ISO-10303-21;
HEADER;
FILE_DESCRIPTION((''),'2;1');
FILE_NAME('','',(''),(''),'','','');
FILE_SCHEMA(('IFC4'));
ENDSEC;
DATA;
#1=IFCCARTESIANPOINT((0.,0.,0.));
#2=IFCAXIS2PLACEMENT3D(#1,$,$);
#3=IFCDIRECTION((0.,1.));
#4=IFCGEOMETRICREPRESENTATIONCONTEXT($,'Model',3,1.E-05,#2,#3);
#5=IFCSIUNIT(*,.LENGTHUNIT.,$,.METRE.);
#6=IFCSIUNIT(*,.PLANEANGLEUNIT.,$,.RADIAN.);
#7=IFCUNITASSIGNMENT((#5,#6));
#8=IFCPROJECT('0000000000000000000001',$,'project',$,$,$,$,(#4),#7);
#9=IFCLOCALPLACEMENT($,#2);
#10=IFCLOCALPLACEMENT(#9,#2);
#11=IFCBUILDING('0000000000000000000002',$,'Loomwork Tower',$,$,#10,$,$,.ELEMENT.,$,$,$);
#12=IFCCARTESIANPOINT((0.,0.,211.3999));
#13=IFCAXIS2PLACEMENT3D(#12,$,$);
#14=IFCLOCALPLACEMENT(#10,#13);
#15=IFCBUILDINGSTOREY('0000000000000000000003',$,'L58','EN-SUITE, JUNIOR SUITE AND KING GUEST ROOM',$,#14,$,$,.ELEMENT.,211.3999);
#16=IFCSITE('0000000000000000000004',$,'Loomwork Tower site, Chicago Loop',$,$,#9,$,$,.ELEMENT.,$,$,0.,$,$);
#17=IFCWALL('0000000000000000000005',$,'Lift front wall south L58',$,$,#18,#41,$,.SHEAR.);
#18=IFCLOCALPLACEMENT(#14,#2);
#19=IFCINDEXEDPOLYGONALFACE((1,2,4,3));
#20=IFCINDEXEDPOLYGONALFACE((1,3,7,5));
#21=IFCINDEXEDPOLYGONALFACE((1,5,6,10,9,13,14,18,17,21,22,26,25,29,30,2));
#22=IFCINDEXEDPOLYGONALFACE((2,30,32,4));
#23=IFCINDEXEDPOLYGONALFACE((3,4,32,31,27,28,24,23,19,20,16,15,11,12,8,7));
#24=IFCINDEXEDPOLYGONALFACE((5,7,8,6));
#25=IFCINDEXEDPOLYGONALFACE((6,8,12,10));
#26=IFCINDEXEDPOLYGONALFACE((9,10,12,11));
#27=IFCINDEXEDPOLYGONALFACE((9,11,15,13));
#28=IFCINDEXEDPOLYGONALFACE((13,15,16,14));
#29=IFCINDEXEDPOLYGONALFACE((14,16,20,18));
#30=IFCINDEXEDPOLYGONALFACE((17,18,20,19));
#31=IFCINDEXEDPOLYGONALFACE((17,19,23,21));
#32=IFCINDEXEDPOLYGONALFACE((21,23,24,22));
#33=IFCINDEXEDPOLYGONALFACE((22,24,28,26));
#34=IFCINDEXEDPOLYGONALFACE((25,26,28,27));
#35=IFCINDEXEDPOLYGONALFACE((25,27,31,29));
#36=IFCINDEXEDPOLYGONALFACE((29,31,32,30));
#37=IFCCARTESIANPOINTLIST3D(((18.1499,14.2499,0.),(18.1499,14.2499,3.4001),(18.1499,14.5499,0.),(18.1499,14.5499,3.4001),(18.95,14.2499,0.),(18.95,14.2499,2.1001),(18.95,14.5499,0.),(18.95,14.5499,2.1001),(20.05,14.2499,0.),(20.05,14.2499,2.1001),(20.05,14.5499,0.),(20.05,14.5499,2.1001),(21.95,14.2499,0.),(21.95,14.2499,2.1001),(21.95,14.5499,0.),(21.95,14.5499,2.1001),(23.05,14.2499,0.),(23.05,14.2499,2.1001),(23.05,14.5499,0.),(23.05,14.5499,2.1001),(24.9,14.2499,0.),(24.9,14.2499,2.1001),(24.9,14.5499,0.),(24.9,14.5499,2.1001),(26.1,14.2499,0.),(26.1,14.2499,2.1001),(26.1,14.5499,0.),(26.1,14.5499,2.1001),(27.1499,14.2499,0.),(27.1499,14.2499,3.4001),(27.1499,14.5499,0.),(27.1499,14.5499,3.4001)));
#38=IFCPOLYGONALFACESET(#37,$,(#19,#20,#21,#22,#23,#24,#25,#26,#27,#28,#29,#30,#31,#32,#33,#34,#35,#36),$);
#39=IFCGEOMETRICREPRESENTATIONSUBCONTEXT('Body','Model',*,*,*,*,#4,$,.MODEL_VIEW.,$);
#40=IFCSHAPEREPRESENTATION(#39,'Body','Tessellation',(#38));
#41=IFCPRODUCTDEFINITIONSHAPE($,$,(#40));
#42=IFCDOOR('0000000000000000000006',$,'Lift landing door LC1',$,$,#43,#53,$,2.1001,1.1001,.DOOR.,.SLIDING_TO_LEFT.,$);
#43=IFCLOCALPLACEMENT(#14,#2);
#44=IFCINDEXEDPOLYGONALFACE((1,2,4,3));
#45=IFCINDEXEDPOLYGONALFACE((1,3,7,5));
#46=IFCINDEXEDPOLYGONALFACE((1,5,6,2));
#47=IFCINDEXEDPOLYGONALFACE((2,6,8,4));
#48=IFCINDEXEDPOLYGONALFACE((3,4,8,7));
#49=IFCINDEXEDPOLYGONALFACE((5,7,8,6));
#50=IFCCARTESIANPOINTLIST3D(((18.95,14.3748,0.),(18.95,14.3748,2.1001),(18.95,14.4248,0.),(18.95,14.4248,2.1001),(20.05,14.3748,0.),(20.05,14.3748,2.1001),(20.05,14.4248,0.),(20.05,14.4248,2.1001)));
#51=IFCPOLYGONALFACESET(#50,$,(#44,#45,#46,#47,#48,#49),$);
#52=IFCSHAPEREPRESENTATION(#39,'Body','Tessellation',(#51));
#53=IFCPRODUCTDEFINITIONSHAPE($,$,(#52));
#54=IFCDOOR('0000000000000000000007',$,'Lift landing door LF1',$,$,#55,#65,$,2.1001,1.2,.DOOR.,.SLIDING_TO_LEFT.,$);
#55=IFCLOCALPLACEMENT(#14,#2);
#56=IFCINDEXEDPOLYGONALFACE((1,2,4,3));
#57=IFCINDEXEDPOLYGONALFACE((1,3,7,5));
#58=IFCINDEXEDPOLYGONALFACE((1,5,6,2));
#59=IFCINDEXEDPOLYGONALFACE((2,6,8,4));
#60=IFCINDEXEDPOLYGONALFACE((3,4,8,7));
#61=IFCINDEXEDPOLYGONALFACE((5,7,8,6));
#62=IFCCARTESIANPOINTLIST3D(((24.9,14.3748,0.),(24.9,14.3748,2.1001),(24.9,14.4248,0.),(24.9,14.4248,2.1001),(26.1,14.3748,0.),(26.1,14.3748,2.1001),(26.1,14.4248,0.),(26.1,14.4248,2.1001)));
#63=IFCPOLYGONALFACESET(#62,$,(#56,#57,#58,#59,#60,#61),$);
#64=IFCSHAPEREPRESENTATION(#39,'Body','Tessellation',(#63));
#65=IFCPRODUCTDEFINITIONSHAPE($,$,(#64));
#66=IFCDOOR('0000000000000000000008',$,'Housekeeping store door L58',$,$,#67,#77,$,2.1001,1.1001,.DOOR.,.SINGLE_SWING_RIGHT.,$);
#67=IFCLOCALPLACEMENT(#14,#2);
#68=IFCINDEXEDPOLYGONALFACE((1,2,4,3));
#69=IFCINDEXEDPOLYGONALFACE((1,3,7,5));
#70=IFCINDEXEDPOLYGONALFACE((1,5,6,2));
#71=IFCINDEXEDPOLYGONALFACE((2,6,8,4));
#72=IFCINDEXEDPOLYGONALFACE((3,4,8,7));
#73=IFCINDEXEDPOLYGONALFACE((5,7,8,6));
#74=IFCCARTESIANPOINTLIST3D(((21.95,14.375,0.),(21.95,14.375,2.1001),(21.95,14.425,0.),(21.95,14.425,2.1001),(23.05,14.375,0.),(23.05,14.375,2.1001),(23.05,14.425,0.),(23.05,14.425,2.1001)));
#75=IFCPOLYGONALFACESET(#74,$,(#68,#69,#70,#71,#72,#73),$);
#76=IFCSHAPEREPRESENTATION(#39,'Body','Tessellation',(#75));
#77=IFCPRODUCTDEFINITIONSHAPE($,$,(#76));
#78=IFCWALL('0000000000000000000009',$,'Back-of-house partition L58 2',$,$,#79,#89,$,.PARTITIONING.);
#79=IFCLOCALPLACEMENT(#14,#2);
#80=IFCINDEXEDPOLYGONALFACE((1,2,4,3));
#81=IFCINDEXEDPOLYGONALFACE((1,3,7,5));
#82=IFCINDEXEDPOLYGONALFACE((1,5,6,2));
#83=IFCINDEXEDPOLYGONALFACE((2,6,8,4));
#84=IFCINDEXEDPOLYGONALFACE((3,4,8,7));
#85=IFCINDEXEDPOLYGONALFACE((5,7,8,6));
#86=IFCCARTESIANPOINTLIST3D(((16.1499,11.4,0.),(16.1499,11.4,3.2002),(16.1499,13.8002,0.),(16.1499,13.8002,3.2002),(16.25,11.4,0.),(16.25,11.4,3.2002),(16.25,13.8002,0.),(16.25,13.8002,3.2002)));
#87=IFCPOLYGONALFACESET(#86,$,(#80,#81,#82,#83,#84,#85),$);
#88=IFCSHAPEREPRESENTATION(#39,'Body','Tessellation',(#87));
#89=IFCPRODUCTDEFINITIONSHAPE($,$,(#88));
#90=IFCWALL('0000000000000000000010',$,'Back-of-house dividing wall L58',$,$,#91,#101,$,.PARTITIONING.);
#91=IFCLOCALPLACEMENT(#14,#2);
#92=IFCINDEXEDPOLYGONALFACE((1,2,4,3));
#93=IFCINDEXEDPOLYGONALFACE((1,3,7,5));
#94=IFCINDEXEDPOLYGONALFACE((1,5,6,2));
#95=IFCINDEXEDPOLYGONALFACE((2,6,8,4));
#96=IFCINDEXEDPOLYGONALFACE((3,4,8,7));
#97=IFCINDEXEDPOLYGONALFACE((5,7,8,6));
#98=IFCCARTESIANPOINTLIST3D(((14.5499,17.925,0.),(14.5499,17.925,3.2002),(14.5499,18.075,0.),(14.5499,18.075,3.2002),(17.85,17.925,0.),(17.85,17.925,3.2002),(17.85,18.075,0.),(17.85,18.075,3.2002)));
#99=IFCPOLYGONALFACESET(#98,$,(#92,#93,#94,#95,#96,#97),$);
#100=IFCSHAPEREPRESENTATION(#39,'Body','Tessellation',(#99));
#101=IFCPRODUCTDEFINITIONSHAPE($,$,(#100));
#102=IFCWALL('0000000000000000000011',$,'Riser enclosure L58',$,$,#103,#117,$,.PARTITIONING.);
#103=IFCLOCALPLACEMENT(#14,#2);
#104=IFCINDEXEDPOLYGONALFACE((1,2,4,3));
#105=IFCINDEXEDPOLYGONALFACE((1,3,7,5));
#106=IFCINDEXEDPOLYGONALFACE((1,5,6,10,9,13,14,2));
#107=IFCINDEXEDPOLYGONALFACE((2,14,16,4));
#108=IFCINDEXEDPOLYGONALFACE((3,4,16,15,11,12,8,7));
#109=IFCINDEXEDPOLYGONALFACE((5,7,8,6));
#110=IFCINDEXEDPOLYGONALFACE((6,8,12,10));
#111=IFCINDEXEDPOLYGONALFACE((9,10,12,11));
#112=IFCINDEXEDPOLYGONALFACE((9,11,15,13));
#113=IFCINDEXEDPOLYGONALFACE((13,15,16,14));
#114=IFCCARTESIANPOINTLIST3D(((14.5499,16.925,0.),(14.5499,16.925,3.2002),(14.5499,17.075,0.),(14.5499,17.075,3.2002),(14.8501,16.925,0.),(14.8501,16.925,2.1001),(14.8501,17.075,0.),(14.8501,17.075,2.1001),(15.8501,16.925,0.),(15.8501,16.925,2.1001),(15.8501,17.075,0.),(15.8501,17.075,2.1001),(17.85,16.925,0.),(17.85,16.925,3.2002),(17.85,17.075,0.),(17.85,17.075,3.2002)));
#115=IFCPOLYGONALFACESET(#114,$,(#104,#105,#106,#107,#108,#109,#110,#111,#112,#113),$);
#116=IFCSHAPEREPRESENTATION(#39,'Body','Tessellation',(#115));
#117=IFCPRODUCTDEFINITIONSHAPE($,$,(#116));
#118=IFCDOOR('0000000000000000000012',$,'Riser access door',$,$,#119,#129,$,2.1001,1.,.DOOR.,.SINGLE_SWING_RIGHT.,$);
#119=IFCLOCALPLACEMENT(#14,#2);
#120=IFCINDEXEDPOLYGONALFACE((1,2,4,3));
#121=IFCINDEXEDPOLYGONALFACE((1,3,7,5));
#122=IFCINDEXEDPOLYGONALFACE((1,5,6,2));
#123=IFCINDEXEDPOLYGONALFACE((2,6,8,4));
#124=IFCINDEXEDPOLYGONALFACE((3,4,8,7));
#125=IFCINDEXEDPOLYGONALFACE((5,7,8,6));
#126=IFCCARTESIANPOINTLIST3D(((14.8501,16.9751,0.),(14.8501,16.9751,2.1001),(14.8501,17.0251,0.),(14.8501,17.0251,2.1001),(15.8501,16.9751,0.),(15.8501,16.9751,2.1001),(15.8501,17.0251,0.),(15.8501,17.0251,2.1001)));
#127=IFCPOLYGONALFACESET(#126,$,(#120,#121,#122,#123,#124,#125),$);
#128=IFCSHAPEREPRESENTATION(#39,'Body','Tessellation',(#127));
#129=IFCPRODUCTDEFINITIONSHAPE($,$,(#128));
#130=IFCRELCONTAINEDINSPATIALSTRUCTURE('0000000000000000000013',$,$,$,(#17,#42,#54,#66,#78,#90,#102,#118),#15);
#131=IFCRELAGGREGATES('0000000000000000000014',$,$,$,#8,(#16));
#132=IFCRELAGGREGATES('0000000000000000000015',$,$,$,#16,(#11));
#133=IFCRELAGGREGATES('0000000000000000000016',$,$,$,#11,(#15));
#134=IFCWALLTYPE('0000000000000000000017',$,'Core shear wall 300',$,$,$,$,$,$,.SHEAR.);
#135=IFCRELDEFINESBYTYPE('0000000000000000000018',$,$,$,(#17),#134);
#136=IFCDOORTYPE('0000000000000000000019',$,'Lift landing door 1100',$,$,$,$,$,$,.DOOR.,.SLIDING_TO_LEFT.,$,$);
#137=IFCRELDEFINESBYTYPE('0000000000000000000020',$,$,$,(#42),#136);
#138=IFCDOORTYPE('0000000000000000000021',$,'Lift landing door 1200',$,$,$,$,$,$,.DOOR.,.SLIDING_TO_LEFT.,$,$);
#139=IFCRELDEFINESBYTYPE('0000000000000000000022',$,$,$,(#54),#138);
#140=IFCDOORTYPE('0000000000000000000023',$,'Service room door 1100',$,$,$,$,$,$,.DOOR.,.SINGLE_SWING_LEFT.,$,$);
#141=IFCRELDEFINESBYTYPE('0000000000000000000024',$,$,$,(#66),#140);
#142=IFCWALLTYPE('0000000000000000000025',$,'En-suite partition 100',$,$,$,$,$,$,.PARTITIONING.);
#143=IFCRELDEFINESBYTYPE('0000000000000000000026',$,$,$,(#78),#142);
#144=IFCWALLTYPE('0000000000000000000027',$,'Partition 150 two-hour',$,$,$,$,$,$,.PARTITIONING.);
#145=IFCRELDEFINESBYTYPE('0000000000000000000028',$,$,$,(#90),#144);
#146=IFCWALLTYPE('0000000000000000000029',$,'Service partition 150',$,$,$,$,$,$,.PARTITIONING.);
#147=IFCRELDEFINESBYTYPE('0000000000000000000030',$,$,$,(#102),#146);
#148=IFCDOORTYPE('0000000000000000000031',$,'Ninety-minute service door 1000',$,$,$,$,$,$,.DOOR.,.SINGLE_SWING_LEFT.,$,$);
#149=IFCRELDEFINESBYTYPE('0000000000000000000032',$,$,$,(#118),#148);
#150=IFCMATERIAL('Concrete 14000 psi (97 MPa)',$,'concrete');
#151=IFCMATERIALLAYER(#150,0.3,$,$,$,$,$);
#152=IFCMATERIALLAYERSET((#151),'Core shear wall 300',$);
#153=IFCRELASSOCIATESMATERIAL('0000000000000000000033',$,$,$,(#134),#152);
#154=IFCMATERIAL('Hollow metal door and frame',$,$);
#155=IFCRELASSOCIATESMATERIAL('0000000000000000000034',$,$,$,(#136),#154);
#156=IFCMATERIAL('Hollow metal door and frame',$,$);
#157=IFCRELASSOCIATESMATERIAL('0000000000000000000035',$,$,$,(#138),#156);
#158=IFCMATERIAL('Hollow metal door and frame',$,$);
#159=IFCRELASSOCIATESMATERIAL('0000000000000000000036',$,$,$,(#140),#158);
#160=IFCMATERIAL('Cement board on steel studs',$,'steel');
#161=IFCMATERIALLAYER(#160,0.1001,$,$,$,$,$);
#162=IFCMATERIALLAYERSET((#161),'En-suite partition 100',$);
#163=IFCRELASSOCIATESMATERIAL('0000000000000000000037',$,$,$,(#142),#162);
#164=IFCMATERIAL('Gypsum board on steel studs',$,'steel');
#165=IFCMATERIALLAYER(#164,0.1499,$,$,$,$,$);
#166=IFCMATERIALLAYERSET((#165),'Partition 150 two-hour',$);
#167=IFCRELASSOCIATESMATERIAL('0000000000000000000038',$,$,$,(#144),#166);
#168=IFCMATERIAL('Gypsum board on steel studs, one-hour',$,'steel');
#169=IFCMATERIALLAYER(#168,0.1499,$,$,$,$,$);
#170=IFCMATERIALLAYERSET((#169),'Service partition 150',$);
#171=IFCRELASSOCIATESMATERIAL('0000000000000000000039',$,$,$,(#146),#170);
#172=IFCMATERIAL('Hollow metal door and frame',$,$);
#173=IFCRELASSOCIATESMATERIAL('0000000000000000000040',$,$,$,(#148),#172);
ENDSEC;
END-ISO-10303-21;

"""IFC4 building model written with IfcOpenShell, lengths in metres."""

from ifc_helpers import new_model, si_unit, direction, frame, frame_2d, origin, place, context, subcontext, project, spatial, rectangle, extrude, material, layer, layer_set, type_object, element, fill, save


model = new_model("IFC4")

# Units and contexts
model_context = context("Model", 3, precision=1e-05, world=origin(), true_north=direction((0.0, 1.0)))
body_context = subcontext(model_context, "Body", "Model", "MODEL_VIEW")
ifc_project = project(units=[si_unit("LENGTHUNIT", "METRE"), si_unit("PLANEANGLEUNIT", "RADIAN")], contexts=[model_context])

# Site, building, storey
site_placement = place(None, origin())
site = spatial("IfcSite", under=ifc_project, at=site_placement, Name="Loomwork Tower site, Chicago Loop", CompositionType="ELEMENT", RefElevation=0.0)
building_placement = place(site_placement, origin())
building = spatial("IfcBuilding", under=site, at=building_placement, Name="Loomwork Tower", CompositionType="ELEMENT")
storey_placement = place(building_placement, frame((0.0, 0.0, 211.3999)))
storey = spatial("IfcBuildingStorey", under=building, at=storey_placement, Name="L58", Description="EN-SUITE, JUNIOR SUITE AND KING GUEST ROOM", CompositionType="ELEMENT", Elevation=211.3999)

# Shared definitions
ifc_material_1 = material(Name="Concrete 14000 psi (97 MPa)", Category="concrete")
ifc_layer_1 = layer(ifc_material_1, 0.3)
ifc_layer_set_1 = layer_set([ifc_layer_1], Name="Core shear wall 300")
wall_type_1 = type_object("IfcWallType", Name="Core shear wall 300", PredefinedType="SHEAR", material=ifc_layer_set_1)

# Wall, openings, doors
ifc_material_2 = material(Name="Hollow metal door and frame")
door_type_1 = type_object("IfcDoorType", Name="Lift landing door 1100", OperationType="SLIDING_TO_LEFT", PredefinedType="DOOR", material=ifc_material_2)
wall_1_placement = place(storey_placement, frame((18.1499, 14.3999, 0.0), z_axis=(0.0, 0.0, 1.0), x_axis=(1.0, 0.0, 0.0)))
wall_1 = element("IfcWall", 1, at=wall_1_placement, inside=storey, type_object=wall_type_1, Name="Lift front wall south L58", PredefinedType="SHEAR", context=body_context, shape_type="SweptSolid", body=[
    extrude(rectangle(XDim=9.0, YDim=0.3, at=frame_2d((4.5, 0.0))), origin(), (0.0, 0.0, 1.0), 3.4001),
])
opening_1_placement = place(wall_1_placement, frame((0.8, 0.0, 0.0)))
opening_1 = element("IfcOpeningElement", 2, at=opening_1_placement, cuts=wall_1, PredefinedType="OPENING", context=body_context, shape_type="SweptSolid", body=[
    extrude(rectangle(XDim=1.1001, YDim=2.1001, at=frame_2d((0.55, 1.05))), frame((0.0, 0.1599, 0.0), z_axis=(0.0, -1.0, 0.0), x_axis=(1.0, 0.0, 0.0)), (0.0, 0.0, 1.0), 0.3201),
])
opening_2_placement = place(wall_1_placement, frame((6.75, 0.0, 0.0)))
opening_2 = element("IfcOpeningElement", 3, at=opening_2_placement, cuts=wall_1, PredefinedType="OPENING", context=body_context, shape_type="SweptSolid", body=[
    extrude(rectangle(XDim=1.2, YDim=2.1001, at=frame_2d((0.6001, 1.05))), frame((0.0, 0.1599, 0.0), z_axis=(0.0, -1.0, 0.0), x_axis=(1.0, 0.0, 0.0)), (0.0, 0.0, 1.0), 0.3201),
])
opening_3_placement = place(wall_1_placement, frame((3.8, 0.0, 0.0)))
opening_3 = element("IfcOpeningElement", 4, at=opening_3_placement, cuts=wall_1, PredefinedType="OPENING", context=body_context, shape_type="SweptSolid", body=[
    extrude(rectangle(XDim=1.1001, YDim=2.1001, at=frame_2d((0.55, 1.05))), frame((0.0, 0.1599, 0.0), z_axis=(0.0, -1.0, 0.0), x_axis=(1.0, 0.0, 0.0)), (0.0, 0.0, 1.0), 0.3201),
])
door_1_placement = place(opening_1_placement, origin())
door_1 = element("IfcDoor", 5, at=door_1_placement, inside=storey, type_object=door_type_1, Name="Lift landing door LC1", OperationType="SLIDING_TO_LEFT", OverallHeight=2.1001, OverallWidth=1.1001, PredefinedType="DOOR", context=body_context, shape_type="SweptSolid", body=[
    extrude(rectangle(XDim=1.1001, YDim=2.1001, at=frame_2d((0.55, 1.05))), frame((0.0, 0.0249, 0.0), z_axis=(0.0, -1.0, 0.0), x_axis=(1.0, 0.0, 0.0)), (0.0, 0.0, 1.0), 0.05),
])
fill(opening_1, door_1)
ifc_material_3 = material(Name="Hollow metal door and frame")
door_type_2 = type_object("IfcDoorType", Name="Lift landing door 1200", OperationType="SLIDING_TO_LEFT", PredefinedType="DOOR", material=ifc_material_3)
door_2_placement = place(opening_2_placement, origin())
door_2 = element("IfcDoor", 6, at=door_2_placement, inside=storey, type_object=door_type_2, Name="Lift landing door LF1", OperationType="SLIDING_TO_LEFT", OverallHeight=2.1001, OverallWidth=1.2, PredefinedType="DOOR", context=body_context, shape_type="SweptSolid", body=[
    extrude(rectangle(XDim=1.2, YDim=2.1001, at=frame_2d((0.6001, 1.05))), frame((0.0, 0.0249, 0.0), z_axis=(0.0, -1.0, 0.0), x_axis=(1.0, 0.0, 0.0)), (0.0, 0.0, 1.0), 0.05),
])
fill(opening_2, door_2)
ifc_material_4 = material(Name="Hollow metal door and frame")
door_type_3 = type_object("IfcDoorType", Name="Service room door 1100", OperationType="SINGLE_SWING_LEFT", PredefinedType="DOOR", material=ifc_material_4)
door_3_placement = place(opening_3_placement, frame((1.1001, 0.0, 0.0), z_axis=(0.0, 0.0, 1.0), x_axis=(-1.0, 0.0, 0.0)))
door_3 = element("IfcDoor", 7, at=door_3_placement, inside=storey, type_object=door_type_3, Name="Housekeeping store door L58", OperationType="SINGLE_SWING_RIGHT", OverallHeight=2.1001, OverallWidth=1.1001, PredefinedType="DOOR", context=body_context, shape_type="SweptSolid", body=[
    extrude(rectangle(XDim=1.1001, YDim=2.1001, at=frame_2d((0.55, 1.05))), frame((0.0, 0.0249, 0.0), z_axis=(0.0, -1.0, 0.0), x_axis=(1.0, 0.0, 0.0)), (0.0, 0.0, 1.0), 0.05),
])
fill(opening_3, door_3)

# Walls
ifc_material_5 = material(Name="Cement board on steel studs", Category="steel")
ifc_layer_2 = layer(ifc_material_5, 0.1001)
ifc_layer_set_2 = layer_set([ifc_layer_2], Name="En-suite partition 100")
wall_type_2 = type_object("IfcWallType", Name="En-suite partition 100", PredefinedType="PARTITIONING", material=ifc_layer_set_2)
wall_2_placement = place(storey_placement, frame((16.2, 11.3999, 0.0), z_axis=(0.0, 0.0, 1.0), x_axis=(0.0, 1.0, 0.0)))
element("IfcWall", 8, at=wall_2_placement, inside=storey, type_object=wall_type_2, Name="Back-of-house partition L58 2", PredefinedType="PARTITIONING", context=body_context, shape_type="SweptSolid", body=[
    extrude(rectangle(XDim=2.4001, YDim=0.1001, at=frame_2d((1.2002, 0.0))), origin(), (0.0, 0.0, 1.0), 3.2002),
])
ifc_material_6 = material(Name="Gypsum board on steel studs", Category="steel")
ifc_layer_3 = layer(ifc_material_6, 0.1499)
ifc_layer_set_3 = layer_set([ifc_layer_3], Name="Partition 150 two-hour")
wall_type_3 = type_object("IfcWallType", Name="Partition 150 two-hour", PredefinedType="PARTITIONING", material=ifc_layer_set_3)
wall_3_placement = place(storey_placement, frame((14.55, 18.0, 0.0), z_axis=(0.0, 0.0, 1.0), x_axis=(1.0, 0.0, 0.0)))
element("IfcWall", 9, at=wall_3_placement, inside=storey, type_object=wall_type_3, Name="Back-of-house dividing wall L58", PredefinedType="PARTITIONING", context=body_context, shape_type="SweptSolid", body=[
    extrude(rectangle(XDim=3.3, YDim=0.1499, at=frame_2d((1.6499, 0.0))), origin(), (0.0, 0.0, 1.0), 3.2002),
])

# Wall, opening, door
ifc_material_7 = material(Name="Gypsum board on steel studs, one-hour", Category="steel")
ifc_layer_4 = layer(ifc_material_7, 0.1499)
ifc_layer_set_4 = layer_set([ifc_layer_4], Name="Service partition 150")
wall_type_4 = type_object("IfcWallType", Name="Service partition 150", PredefinedType="PARTITIONING", material=ifc_layer_set_4)
wall_4_placement = place(storey_placement, frame((14.55, 17.0, 0.0), z_axis=(0.0, 0.0, 1.0), x_axis=(1.0, 0.0, 0.0)))
wall_4 = element("IfcWall", 10, at=wall_4_placement, inside=storey, type_object=wall_type_4, Name="Riser enclosure L58", PredefinedType="PARTITIONING", context=body_context, shape_type="SweptSolid", body=[
    extrude(rectangle(XDim=3.3, YDim=0.1499, at=frame_2d((1.6499, 0.0))), origin(), (0.0, 0.0, 1.0), 3.2002),
])
opening_4_placement = place(wall_4_placement, frame((0.3, 0.0, 0.0)))
opening_4 = element("IfcOpeningElement", 11, at=opening_4_placement, cuts=wall_4, PredefinedType="OPENING", context=body_context, shape_type="SweptSolid", body=[
    extrude(rectangle(XDim=1.0, YDim=2.1001, at=frame_2d((0.5, 1.05))), frame((0.0, 0.085, 0.0), z_axis=(0.0, -1.0, 0.0), x_axis=(1.0, 0.0, 0.0)), (0.0, 0.0, 1.0), 0.1699),
])
ifc_material_8 = material(Name="Hollow metal door and frame")
door_type_4 = type_object("IfcDoorType", Name="Ninety-minute service door 1000", OperationType="SINGLE_SWING_LEFT", PredefinedType="DOOR", material=ifc_material_8)
door_4_placement = place(opening_4_placement, frame((1.0, 0.0, 0.0), z_axis=(0.0, 0.0, 1.0), x_axis=(-1.0, 0.0, 0.0)))
door_4 = element("IfcDoor", 12, at=door_4_placement, inside=storey, type_object=door_type_4, Name="Riser access door", OperationType="SINGLE_SWING_RIGHT", OverallHeight=2.1001, OverallWidth=1.0, PredefinedType="DOOR", context=body_context, shape_type="SweptSolid", body=[
    extrude(rectangle(XDim=1.0, YDim=2.1001, at=frame_2d((0.5, 1.05))), frame((0.0, 0.0249, 0.0), z_axis=(0.0, -1.0, 0.0), x_axis=(1.0, 0.0, 0.0)), (0.0, 0.0, 1.0), 0.05),
])
fill(opening_4, door_4)

save(model, "model.ifc")
